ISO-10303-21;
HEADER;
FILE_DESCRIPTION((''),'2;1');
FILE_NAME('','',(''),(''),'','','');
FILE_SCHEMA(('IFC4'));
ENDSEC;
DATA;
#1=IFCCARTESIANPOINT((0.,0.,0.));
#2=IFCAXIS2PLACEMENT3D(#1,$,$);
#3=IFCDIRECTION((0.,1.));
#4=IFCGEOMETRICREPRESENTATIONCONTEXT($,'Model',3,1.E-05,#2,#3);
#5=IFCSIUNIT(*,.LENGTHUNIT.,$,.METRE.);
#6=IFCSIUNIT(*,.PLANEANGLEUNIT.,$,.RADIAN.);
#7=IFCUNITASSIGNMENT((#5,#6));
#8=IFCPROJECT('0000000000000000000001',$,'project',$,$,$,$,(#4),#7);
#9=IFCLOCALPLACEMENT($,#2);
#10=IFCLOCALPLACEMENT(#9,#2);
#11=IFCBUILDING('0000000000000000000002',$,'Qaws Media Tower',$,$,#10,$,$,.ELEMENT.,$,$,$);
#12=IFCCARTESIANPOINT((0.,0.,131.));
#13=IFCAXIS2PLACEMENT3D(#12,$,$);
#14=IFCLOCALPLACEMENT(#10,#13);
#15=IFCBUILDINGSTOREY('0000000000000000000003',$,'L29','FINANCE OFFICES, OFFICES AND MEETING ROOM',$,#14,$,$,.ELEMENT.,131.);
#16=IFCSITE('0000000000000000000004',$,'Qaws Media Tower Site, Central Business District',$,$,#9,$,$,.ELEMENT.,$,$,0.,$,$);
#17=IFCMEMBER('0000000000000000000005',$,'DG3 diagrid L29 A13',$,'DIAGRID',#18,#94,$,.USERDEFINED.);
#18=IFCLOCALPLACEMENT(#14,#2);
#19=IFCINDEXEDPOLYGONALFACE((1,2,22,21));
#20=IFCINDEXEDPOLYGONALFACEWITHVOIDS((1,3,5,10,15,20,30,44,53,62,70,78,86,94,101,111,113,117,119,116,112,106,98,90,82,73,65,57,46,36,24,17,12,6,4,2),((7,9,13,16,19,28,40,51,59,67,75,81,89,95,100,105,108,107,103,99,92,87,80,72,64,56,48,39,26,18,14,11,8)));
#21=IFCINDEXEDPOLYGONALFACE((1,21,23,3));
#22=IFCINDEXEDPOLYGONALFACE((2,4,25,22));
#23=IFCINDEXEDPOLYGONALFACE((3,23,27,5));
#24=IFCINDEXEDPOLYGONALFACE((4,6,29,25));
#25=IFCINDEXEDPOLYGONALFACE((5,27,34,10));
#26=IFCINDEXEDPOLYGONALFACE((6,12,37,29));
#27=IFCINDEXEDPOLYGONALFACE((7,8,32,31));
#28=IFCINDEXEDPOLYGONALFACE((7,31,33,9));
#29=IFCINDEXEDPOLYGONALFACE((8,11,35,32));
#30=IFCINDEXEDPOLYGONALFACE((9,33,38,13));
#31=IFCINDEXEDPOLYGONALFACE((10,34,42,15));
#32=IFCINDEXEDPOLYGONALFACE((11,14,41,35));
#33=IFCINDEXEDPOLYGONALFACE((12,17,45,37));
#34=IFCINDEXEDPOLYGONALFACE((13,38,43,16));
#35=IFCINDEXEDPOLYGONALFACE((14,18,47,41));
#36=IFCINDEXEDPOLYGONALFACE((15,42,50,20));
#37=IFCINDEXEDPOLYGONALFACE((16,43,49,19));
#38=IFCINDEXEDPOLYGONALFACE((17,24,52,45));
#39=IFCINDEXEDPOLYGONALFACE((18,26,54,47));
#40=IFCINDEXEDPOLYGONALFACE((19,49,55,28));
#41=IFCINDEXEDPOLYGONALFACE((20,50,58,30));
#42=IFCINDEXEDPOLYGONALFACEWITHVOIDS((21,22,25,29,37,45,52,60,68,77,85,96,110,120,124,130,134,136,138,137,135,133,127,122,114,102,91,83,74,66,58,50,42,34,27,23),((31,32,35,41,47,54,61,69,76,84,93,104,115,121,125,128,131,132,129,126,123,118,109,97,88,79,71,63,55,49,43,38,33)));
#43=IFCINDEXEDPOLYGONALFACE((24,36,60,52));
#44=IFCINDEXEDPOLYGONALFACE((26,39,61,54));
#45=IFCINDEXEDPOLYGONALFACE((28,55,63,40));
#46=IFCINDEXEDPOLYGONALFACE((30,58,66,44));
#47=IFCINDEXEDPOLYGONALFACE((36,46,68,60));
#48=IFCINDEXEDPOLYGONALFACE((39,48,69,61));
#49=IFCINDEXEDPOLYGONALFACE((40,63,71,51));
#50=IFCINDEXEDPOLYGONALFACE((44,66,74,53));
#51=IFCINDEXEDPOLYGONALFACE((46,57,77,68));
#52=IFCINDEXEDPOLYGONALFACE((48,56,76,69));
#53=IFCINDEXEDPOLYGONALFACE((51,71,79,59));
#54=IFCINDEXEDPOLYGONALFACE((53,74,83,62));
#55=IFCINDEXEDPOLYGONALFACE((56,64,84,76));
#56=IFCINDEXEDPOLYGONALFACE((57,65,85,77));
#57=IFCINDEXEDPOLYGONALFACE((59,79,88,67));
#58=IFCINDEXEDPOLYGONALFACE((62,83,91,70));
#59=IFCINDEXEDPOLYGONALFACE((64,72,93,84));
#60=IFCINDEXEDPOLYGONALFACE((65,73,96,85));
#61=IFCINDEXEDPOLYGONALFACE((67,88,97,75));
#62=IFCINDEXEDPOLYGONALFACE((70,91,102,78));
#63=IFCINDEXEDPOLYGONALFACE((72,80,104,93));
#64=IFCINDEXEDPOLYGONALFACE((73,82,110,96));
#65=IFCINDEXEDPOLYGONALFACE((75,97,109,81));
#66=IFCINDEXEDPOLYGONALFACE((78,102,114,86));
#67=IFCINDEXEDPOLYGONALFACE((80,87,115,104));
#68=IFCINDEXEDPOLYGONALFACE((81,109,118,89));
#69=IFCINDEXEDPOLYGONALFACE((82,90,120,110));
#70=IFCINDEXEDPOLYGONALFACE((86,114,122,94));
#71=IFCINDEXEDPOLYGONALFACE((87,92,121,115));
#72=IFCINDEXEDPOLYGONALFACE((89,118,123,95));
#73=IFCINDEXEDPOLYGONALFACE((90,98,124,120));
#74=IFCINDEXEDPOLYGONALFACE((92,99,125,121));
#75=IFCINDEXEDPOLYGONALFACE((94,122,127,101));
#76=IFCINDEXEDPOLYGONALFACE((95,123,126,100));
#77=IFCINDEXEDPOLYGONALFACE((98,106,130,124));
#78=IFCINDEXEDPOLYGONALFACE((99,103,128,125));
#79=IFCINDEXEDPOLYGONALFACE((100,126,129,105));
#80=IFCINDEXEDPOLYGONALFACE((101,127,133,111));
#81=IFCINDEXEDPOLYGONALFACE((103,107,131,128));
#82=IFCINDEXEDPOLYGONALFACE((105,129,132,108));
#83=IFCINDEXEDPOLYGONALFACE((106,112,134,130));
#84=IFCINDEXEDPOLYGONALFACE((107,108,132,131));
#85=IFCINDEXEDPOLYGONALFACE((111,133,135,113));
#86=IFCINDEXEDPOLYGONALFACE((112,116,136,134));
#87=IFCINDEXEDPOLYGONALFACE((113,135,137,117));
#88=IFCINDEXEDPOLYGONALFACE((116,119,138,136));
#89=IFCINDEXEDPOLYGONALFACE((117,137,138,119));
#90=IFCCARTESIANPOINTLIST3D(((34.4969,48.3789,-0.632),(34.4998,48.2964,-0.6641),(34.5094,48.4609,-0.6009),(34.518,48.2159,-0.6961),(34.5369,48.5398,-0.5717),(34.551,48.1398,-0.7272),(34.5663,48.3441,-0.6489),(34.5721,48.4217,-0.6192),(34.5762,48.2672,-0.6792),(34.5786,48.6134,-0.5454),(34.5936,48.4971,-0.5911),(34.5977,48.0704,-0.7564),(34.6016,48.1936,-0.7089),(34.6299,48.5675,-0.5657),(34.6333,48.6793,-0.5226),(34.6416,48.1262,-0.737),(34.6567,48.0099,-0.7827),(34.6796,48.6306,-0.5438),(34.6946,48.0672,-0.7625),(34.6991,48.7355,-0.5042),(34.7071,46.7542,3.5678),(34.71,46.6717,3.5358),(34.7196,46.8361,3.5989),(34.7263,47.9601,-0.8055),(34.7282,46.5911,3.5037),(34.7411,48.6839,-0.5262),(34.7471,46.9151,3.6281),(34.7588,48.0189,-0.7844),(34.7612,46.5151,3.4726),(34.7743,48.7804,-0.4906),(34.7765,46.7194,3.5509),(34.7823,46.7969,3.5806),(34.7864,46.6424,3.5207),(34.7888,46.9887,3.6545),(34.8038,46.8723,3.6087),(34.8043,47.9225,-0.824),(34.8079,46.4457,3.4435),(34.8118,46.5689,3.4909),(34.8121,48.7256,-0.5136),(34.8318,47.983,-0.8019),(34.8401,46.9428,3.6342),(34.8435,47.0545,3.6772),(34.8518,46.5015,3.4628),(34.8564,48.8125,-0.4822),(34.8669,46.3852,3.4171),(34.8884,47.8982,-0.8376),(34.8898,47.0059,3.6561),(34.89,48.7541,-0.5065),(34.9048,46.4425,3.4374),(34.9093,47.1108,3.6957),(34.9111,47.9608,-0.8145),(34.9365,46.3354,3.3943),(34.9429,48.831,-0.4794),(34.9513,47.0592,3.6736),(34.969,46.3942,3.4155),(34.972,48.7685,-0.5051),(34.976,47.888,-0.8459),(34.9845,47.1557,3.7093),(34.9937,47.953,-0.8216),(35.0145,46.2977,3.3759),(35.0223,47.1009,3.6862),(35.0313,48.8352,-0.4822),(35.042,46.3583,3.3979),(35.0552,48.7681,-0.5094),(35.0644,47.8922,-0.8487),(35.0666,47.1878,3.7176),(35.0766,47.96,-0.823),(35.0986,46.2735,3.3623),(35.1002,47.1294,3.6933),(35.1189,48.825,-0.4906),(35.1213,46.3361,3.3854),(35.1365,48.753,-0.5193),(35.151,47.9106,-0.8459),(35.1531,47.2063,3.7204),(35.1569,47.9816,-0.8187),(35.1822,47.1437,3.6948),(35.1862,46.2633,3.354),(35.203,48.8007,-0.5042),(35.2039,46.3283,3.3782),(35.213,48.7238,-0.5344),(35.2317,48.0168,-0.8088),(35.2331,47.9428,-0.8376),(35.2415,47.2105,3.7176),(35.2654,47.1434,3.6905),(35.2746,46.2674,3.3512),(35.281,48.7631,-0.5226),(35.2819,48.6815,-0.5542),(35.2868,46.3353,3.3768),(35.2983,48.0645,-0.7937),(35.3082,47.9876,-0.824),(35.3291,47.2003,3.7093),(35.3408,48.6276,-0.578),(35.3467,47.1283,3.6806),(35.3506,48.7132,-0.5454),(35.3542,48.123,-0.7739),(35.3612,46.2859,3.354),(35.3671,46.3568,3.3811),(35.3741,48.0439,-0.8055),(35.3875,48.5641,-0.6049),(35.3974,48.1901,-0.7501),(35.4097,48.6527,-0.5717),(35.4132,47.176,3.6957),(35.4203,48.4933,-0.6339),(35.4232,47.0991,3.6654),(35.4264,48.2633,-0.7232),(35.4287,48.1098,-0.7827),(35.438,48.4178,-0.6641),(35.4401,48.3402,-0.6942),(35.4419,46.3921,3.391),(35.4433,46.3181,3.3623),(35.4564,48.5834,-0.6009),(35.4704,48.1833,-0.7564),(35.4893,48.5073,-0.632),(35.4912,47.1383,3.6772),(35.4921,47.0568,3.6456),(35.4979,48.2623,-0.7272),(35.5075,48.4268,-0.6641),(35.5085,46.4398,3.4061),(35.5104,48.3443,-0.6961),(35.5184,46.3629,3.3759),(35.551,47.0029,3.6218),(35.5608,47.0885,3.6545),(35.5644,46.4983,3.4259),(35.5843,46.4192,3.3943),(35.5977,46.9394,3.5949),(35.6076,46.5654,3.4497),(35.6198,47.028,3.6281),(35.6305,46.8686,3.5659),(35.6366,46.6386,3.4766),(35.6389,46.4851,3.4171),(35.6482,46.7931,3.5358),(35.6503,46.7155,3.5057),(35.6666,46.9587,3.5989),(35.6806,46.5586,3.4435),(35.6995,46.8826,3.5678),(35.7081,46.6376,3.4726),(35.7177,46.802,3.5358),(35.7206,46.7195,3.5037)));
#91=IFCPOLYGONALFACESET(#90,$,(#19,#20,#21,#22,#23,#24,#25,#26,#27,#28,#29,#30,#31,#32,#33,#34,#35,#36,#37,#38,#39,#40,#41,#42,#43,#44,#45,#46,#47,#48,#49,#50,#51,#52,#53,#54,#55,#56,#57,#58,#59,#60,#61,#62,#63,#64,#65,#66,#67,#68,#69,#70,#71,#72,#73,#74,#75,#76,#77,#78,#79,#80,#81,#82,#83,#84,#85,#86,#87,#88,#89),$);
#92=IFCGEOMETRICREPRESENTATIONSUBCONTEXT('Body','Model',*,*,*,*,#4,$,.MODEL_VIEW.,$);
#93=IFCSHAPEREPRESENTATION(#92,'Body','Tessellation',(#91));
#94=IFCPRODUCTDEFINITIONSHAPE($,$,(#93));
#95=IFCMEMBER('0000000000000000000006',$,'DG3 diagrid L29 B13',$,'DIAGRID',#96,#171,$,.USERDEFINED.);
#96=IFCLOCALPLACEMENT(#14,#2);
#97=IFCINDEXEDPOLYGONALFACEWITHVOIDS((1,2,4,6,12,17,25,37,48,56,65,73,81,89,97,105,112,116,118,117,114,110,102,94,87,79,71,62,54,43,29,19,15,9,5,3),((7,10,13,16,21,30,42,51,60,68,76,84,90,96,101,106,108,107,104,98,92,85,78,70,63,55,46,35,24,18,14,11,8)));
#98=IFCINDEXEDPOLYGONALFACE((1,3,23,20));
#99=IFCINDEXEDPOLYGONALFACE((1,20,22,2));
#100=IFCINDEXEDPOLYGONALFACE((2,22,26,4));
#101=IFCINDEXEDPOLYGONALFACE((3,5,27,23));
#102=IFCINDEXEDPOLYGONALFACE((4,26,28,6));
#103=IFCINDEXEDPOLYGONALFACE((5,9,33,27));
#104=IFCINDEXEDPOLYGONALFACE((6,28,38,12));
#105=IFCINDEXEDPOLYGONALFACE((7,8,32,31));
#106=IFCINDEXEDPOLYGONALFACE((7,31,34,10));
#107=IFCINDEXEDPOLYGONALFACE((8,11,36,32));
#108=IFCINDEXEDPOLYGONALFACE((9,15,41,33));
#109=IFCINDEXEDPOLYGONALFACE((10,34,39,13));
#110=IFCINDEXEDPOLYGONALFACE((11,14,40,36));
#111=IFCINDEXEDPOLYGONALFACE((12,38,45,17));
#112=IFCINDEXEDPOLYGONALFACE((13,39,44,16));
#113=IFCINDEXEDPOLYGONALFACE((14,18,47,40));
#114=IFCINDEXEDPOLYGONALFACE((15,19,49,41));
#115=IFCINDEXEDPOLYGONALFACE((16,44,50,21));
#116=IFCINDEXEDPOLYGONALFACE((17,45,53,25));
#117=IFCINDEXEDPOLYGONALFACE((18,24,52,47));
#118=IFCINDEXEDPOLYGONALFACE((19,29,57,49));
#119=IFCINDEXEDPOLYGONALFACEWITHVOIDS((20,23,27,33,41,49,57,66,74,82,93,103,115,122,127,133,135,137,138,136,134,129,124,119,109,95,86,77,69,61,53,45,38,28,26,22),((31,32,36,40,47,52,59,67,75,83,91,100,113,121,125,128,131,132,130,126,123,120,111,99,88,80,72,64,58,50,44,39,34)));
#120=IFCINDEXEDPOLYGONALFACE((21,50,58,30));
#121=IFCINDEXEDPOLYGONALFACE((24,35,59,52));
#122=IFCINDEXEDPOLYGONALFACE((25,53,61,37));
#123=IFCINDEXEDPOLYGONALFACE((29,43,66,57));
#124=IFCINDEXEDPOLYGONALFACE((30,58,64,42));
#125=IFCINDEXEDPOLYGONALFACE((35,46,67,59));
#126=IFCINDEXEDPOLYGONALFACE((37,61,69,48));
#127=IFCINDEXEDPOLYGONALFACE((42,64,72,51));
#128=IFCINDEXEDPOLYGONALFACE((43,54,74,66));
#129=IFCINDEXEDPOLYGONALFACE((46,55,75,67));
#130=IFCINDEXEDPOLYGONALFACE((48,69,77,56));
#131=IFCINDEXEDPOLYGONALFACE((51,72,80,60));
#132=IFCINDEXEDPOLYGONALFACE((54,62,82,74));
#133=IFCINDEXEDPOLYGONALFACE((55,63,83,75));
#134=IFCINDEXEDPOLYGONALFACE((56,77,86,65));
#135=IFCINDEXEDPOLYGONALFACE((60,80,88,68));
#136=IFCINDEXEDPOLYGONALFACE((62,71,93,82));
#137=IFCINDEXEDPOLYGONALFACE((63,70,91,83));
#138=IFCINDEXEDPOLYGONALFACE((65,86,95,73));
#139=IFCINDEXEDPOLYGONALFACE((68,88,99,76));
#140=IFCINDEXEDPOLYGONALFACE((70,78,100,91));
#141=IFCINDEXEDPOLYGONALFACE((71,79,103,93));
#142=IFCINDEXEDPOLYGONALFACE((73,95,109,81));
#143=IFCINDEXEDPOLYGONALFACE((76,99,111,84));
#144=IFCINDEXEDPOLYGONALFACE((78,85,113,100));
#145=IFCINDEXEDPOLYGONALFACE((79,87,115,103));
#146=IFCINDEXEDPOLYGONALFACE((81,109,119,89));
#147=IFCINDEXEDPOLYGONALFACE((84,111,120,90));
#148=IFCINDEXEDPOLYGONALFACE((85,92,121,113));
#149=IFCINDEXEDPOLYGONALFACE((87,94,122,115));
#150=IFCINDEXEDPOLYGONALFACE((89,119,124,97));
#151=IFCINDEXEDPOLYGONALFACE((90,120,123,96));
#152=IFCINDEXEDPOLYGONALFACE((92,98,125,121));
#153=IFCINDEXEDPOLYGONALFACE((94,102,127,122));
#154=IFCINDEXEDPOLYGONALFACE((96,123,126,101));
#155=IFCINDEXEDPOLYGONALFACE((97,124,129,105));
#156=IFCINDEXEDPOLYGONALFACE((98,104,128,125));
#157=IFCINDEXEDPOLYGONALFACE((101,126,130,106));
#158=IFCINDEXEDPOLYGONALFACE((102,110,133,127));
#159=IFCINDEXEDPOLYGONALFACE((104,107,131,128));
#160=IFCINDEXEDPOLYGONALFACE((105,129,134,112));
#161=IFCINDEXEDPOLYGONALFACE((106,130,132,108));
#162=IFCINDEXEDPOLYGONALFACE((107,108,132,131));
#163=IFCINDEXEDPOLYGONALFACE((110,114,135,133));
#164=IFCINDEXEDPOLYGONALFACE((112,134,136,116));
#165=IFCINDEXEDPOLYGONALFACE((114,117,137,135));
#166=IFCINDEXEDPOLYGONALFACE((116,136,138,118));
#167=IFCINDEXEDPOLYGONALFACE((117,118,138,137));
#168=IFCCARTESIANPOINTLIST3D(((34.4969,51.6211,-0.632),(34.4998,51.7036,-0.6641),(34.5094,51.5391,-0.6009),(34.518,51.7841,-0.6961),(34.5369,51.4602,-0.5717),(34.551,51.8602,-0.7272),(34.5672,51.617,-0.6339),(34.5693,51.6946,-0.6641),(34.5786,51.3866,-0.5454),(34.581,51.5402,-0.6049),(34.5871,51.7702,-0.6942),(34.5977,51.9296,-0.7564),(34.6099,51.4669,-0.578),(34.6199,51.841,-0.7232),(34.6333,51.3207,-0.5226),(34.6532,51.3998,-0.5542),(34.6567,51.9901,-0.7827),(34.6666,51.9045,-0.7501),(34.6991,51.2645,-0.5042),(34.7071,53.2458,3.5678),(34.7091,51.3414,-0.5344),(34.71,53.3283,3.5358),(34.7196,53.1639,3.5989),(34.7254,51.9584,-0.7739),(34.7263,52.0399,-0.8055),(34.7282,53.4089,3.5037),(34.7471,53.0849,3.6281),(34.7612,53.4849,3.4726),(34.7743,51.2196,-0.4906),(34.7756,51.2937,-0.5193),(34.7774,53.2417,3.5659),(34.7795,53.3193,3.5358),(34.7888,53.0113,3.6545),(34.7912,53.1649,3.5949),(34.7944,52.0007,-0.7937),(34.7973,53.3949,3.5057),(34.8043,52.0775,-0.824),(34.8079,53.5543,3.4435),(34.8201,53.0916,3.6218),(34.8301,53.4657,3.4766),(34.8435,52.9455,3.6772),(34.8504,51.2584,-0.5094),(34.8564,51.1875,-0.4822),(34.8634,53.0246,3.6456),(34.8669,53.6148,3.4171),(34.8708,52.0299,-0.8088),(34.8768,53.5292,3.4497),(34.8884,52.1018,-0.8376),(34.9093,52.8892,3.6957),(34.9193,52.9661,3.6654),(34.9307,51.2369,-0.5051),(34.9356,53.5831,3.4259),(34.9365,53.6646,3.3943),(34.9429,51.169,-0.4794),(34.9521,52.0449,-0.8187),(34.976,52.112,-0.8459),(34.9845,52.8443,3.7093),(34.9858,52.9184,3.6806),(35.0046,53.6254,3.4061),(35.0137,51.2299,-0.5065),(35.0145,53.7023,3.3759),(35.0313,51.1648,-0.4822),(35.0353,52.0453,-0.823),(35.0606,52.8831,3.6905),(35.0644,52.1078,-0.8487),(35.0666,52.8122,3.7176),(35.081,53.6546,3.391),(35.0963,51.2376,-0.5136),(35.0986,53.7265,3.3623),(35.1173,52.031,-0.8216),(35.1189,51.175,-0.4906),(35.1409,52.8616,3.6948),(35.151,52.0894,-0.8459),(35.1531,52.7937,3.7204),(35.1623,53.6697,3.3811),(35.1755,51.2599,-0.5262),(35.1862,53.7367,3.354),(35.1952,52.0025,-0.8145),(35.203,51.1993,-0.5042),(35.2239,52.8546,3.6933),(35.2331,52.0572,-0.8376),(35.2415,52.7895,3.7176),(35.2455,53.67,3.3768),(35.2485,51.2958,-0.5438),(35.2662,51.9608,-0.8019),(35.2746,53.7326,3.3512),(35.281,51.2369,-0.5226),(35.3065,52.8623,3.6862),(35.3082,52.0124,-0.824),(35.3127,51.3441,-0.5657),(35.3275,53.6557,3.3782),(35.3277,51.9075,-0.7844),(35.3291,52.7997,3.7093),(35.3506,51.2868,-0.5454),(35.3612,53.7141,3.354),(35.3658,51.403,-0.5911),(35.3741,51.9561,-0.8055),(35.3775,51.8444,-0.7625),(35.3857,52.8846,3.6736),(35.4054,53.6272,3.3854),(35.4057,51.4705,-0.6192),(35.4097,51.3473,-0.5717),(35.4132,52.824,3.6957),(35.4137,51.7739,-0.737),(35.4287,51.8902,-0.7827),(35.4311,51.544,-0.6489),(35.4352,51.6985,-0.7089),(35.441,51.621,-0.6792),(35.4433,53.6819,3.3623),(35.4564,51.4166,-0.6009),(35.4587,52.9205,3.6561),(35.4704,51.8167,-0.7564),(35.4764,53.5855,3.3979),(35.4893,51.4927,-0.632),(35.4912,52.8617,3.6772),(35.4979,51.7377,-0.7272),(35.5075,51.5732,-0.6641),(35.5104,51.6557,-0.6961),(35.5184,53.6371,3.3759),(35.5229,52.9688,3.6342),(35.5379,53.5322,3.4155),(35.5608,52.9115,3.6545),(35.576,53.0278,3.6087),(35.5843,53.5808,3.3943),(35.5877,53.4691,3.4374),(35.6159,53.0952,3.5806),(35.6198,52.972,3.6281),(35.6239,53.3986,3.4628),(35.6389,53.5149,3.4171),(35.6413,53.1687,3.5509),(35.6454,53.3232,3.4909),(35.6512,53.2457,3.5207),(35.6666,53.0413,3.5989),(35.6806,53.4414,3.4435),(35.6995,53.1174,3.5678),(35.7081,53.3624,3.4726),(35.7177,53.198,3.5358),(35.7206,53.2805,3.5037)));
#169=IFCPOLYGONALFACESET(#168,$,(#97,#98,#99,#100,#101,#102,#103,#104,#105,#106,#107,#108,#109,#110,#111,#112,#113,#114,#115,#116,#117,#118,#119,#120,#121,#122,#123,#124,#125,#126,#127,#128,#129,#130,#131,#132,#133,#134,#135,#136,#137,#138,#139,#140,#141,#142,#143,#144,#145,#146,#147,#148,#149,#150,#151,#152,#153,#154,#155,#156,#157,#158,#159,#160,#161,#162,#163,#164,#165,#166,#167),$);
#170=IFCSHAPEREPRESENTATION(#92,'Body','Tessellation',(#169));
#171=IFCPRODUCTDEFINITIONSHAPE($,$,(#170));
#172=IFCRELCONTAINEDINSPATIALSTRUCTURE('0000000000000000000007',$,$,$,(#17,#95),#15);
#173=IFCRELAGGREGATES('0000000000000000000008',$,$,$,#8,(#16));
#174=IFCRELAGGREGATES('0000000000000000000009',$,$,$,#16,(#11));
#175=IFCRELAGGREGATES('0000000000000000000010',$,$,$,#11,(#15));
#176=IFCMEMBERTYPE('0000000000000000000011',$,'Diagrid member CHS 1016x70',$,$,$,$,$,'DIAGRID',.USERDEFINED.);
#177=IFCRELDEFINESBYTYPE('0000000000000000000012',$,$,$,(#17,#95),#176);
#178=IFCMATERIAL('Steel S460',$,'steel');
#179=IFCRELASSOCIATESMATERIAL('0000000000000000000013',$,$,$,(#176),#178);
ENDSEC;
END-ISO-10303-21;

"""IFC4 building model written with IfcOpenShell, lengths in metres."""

from ifc_helpers import new_model, si_unit, direction, frame, origin, origin_2d, place, context, subcontext, project, spatial, hollow_circle, extrude, material, material_profile, profile_set, type_object, element, save


model = new_model("IFC4")

# Units and contexts
model_context = context("Model", 3, precision=1e-05, world=origin(), true_north=direction((0.0, 1.0)))
body_context = subcontext(model_context, "Body", "Model", "MODEL_VIEW")
ifc_project = project(units=[si_unit("LENGTHUNIT", "METRE"), si_unit("PLANEANGLEUNIT", "RADIAN")], contexts=[model_context])

# Site, building, storey
site_placement = place(None, origin())
site = spatial("IfcSite", under=ifc_project, at=site_placement, Name="Qaws Media Tower Site, Central Business District", CompositionType="ELEMENT", RefElevation=0.0)
building_placement = place(site_placement, origin())
building = spatial("IfcBuilding", under=site, at=building_placement, Name="Qaws Media Tower", CompositionType="ELEMENT")
storey_placement = place(building_placement, frame((0.0, 0.0, 131.0)))
storey = spatial("IfcBuildingStorey", under=building, at=storey_placement, Name="L29", Description="FINANCE OFFICES, OFFICES AND MEETING ROOM", CompositionType="ELEMENT", Elevation=131.0)

# Members
ifc_material_1 = material(Name="Steel S460", Category="steel")
ifc_material_profile_1 = material_profile(ifc_material_1, hollow_circle(Radius=0.5081, WallThickness=0.0701, at=origin_2d()), Name="CHS 1016x70")
ifc_profile_set_1 = profile_set([ifc_material_profile_1], Name="Steel S460")
member_type_1 = type_object("IfcMemberType", Name="Diagrid member CHS 1016x70", ElementType="DIAGRID", PredefinedType="USERDEFINED", material=ifc_profile_set_1)
for number, where, z_axis, x_axis, name in (
    (1, (35.0037, 48.3616, -0.6641), (0.046628, -0.360402, 0.931631), (0.991734, 0.128307, 0.0), "DG3 diagrid L29 A13"),
    (2, (35.0037, 51.6384, -0.6641), (0.046628, 0.360402, 0.931631), (-0.991734, 0.128307, 0.0), "DG3 diagrid L29 B13"),
):
    element("IfcMember", number, at=place(storey_placement, frame(where, z_axis=z_axis, x_axis=x_axis)), inside=storey, type_object=member_type_1, Name=name, ObjectType="DIAGRID", PredefinedType="USERDEFINED", context=body_context, shape_type="SweptSolid", body=[
        extrude(hollow_circle(Radius=0.5081, WallThickness=0.0701, at=origin_2d()), origin(), (0.0, 0.0, 1.0), 4.5081),
    ])

save(model, "model.ifc")
